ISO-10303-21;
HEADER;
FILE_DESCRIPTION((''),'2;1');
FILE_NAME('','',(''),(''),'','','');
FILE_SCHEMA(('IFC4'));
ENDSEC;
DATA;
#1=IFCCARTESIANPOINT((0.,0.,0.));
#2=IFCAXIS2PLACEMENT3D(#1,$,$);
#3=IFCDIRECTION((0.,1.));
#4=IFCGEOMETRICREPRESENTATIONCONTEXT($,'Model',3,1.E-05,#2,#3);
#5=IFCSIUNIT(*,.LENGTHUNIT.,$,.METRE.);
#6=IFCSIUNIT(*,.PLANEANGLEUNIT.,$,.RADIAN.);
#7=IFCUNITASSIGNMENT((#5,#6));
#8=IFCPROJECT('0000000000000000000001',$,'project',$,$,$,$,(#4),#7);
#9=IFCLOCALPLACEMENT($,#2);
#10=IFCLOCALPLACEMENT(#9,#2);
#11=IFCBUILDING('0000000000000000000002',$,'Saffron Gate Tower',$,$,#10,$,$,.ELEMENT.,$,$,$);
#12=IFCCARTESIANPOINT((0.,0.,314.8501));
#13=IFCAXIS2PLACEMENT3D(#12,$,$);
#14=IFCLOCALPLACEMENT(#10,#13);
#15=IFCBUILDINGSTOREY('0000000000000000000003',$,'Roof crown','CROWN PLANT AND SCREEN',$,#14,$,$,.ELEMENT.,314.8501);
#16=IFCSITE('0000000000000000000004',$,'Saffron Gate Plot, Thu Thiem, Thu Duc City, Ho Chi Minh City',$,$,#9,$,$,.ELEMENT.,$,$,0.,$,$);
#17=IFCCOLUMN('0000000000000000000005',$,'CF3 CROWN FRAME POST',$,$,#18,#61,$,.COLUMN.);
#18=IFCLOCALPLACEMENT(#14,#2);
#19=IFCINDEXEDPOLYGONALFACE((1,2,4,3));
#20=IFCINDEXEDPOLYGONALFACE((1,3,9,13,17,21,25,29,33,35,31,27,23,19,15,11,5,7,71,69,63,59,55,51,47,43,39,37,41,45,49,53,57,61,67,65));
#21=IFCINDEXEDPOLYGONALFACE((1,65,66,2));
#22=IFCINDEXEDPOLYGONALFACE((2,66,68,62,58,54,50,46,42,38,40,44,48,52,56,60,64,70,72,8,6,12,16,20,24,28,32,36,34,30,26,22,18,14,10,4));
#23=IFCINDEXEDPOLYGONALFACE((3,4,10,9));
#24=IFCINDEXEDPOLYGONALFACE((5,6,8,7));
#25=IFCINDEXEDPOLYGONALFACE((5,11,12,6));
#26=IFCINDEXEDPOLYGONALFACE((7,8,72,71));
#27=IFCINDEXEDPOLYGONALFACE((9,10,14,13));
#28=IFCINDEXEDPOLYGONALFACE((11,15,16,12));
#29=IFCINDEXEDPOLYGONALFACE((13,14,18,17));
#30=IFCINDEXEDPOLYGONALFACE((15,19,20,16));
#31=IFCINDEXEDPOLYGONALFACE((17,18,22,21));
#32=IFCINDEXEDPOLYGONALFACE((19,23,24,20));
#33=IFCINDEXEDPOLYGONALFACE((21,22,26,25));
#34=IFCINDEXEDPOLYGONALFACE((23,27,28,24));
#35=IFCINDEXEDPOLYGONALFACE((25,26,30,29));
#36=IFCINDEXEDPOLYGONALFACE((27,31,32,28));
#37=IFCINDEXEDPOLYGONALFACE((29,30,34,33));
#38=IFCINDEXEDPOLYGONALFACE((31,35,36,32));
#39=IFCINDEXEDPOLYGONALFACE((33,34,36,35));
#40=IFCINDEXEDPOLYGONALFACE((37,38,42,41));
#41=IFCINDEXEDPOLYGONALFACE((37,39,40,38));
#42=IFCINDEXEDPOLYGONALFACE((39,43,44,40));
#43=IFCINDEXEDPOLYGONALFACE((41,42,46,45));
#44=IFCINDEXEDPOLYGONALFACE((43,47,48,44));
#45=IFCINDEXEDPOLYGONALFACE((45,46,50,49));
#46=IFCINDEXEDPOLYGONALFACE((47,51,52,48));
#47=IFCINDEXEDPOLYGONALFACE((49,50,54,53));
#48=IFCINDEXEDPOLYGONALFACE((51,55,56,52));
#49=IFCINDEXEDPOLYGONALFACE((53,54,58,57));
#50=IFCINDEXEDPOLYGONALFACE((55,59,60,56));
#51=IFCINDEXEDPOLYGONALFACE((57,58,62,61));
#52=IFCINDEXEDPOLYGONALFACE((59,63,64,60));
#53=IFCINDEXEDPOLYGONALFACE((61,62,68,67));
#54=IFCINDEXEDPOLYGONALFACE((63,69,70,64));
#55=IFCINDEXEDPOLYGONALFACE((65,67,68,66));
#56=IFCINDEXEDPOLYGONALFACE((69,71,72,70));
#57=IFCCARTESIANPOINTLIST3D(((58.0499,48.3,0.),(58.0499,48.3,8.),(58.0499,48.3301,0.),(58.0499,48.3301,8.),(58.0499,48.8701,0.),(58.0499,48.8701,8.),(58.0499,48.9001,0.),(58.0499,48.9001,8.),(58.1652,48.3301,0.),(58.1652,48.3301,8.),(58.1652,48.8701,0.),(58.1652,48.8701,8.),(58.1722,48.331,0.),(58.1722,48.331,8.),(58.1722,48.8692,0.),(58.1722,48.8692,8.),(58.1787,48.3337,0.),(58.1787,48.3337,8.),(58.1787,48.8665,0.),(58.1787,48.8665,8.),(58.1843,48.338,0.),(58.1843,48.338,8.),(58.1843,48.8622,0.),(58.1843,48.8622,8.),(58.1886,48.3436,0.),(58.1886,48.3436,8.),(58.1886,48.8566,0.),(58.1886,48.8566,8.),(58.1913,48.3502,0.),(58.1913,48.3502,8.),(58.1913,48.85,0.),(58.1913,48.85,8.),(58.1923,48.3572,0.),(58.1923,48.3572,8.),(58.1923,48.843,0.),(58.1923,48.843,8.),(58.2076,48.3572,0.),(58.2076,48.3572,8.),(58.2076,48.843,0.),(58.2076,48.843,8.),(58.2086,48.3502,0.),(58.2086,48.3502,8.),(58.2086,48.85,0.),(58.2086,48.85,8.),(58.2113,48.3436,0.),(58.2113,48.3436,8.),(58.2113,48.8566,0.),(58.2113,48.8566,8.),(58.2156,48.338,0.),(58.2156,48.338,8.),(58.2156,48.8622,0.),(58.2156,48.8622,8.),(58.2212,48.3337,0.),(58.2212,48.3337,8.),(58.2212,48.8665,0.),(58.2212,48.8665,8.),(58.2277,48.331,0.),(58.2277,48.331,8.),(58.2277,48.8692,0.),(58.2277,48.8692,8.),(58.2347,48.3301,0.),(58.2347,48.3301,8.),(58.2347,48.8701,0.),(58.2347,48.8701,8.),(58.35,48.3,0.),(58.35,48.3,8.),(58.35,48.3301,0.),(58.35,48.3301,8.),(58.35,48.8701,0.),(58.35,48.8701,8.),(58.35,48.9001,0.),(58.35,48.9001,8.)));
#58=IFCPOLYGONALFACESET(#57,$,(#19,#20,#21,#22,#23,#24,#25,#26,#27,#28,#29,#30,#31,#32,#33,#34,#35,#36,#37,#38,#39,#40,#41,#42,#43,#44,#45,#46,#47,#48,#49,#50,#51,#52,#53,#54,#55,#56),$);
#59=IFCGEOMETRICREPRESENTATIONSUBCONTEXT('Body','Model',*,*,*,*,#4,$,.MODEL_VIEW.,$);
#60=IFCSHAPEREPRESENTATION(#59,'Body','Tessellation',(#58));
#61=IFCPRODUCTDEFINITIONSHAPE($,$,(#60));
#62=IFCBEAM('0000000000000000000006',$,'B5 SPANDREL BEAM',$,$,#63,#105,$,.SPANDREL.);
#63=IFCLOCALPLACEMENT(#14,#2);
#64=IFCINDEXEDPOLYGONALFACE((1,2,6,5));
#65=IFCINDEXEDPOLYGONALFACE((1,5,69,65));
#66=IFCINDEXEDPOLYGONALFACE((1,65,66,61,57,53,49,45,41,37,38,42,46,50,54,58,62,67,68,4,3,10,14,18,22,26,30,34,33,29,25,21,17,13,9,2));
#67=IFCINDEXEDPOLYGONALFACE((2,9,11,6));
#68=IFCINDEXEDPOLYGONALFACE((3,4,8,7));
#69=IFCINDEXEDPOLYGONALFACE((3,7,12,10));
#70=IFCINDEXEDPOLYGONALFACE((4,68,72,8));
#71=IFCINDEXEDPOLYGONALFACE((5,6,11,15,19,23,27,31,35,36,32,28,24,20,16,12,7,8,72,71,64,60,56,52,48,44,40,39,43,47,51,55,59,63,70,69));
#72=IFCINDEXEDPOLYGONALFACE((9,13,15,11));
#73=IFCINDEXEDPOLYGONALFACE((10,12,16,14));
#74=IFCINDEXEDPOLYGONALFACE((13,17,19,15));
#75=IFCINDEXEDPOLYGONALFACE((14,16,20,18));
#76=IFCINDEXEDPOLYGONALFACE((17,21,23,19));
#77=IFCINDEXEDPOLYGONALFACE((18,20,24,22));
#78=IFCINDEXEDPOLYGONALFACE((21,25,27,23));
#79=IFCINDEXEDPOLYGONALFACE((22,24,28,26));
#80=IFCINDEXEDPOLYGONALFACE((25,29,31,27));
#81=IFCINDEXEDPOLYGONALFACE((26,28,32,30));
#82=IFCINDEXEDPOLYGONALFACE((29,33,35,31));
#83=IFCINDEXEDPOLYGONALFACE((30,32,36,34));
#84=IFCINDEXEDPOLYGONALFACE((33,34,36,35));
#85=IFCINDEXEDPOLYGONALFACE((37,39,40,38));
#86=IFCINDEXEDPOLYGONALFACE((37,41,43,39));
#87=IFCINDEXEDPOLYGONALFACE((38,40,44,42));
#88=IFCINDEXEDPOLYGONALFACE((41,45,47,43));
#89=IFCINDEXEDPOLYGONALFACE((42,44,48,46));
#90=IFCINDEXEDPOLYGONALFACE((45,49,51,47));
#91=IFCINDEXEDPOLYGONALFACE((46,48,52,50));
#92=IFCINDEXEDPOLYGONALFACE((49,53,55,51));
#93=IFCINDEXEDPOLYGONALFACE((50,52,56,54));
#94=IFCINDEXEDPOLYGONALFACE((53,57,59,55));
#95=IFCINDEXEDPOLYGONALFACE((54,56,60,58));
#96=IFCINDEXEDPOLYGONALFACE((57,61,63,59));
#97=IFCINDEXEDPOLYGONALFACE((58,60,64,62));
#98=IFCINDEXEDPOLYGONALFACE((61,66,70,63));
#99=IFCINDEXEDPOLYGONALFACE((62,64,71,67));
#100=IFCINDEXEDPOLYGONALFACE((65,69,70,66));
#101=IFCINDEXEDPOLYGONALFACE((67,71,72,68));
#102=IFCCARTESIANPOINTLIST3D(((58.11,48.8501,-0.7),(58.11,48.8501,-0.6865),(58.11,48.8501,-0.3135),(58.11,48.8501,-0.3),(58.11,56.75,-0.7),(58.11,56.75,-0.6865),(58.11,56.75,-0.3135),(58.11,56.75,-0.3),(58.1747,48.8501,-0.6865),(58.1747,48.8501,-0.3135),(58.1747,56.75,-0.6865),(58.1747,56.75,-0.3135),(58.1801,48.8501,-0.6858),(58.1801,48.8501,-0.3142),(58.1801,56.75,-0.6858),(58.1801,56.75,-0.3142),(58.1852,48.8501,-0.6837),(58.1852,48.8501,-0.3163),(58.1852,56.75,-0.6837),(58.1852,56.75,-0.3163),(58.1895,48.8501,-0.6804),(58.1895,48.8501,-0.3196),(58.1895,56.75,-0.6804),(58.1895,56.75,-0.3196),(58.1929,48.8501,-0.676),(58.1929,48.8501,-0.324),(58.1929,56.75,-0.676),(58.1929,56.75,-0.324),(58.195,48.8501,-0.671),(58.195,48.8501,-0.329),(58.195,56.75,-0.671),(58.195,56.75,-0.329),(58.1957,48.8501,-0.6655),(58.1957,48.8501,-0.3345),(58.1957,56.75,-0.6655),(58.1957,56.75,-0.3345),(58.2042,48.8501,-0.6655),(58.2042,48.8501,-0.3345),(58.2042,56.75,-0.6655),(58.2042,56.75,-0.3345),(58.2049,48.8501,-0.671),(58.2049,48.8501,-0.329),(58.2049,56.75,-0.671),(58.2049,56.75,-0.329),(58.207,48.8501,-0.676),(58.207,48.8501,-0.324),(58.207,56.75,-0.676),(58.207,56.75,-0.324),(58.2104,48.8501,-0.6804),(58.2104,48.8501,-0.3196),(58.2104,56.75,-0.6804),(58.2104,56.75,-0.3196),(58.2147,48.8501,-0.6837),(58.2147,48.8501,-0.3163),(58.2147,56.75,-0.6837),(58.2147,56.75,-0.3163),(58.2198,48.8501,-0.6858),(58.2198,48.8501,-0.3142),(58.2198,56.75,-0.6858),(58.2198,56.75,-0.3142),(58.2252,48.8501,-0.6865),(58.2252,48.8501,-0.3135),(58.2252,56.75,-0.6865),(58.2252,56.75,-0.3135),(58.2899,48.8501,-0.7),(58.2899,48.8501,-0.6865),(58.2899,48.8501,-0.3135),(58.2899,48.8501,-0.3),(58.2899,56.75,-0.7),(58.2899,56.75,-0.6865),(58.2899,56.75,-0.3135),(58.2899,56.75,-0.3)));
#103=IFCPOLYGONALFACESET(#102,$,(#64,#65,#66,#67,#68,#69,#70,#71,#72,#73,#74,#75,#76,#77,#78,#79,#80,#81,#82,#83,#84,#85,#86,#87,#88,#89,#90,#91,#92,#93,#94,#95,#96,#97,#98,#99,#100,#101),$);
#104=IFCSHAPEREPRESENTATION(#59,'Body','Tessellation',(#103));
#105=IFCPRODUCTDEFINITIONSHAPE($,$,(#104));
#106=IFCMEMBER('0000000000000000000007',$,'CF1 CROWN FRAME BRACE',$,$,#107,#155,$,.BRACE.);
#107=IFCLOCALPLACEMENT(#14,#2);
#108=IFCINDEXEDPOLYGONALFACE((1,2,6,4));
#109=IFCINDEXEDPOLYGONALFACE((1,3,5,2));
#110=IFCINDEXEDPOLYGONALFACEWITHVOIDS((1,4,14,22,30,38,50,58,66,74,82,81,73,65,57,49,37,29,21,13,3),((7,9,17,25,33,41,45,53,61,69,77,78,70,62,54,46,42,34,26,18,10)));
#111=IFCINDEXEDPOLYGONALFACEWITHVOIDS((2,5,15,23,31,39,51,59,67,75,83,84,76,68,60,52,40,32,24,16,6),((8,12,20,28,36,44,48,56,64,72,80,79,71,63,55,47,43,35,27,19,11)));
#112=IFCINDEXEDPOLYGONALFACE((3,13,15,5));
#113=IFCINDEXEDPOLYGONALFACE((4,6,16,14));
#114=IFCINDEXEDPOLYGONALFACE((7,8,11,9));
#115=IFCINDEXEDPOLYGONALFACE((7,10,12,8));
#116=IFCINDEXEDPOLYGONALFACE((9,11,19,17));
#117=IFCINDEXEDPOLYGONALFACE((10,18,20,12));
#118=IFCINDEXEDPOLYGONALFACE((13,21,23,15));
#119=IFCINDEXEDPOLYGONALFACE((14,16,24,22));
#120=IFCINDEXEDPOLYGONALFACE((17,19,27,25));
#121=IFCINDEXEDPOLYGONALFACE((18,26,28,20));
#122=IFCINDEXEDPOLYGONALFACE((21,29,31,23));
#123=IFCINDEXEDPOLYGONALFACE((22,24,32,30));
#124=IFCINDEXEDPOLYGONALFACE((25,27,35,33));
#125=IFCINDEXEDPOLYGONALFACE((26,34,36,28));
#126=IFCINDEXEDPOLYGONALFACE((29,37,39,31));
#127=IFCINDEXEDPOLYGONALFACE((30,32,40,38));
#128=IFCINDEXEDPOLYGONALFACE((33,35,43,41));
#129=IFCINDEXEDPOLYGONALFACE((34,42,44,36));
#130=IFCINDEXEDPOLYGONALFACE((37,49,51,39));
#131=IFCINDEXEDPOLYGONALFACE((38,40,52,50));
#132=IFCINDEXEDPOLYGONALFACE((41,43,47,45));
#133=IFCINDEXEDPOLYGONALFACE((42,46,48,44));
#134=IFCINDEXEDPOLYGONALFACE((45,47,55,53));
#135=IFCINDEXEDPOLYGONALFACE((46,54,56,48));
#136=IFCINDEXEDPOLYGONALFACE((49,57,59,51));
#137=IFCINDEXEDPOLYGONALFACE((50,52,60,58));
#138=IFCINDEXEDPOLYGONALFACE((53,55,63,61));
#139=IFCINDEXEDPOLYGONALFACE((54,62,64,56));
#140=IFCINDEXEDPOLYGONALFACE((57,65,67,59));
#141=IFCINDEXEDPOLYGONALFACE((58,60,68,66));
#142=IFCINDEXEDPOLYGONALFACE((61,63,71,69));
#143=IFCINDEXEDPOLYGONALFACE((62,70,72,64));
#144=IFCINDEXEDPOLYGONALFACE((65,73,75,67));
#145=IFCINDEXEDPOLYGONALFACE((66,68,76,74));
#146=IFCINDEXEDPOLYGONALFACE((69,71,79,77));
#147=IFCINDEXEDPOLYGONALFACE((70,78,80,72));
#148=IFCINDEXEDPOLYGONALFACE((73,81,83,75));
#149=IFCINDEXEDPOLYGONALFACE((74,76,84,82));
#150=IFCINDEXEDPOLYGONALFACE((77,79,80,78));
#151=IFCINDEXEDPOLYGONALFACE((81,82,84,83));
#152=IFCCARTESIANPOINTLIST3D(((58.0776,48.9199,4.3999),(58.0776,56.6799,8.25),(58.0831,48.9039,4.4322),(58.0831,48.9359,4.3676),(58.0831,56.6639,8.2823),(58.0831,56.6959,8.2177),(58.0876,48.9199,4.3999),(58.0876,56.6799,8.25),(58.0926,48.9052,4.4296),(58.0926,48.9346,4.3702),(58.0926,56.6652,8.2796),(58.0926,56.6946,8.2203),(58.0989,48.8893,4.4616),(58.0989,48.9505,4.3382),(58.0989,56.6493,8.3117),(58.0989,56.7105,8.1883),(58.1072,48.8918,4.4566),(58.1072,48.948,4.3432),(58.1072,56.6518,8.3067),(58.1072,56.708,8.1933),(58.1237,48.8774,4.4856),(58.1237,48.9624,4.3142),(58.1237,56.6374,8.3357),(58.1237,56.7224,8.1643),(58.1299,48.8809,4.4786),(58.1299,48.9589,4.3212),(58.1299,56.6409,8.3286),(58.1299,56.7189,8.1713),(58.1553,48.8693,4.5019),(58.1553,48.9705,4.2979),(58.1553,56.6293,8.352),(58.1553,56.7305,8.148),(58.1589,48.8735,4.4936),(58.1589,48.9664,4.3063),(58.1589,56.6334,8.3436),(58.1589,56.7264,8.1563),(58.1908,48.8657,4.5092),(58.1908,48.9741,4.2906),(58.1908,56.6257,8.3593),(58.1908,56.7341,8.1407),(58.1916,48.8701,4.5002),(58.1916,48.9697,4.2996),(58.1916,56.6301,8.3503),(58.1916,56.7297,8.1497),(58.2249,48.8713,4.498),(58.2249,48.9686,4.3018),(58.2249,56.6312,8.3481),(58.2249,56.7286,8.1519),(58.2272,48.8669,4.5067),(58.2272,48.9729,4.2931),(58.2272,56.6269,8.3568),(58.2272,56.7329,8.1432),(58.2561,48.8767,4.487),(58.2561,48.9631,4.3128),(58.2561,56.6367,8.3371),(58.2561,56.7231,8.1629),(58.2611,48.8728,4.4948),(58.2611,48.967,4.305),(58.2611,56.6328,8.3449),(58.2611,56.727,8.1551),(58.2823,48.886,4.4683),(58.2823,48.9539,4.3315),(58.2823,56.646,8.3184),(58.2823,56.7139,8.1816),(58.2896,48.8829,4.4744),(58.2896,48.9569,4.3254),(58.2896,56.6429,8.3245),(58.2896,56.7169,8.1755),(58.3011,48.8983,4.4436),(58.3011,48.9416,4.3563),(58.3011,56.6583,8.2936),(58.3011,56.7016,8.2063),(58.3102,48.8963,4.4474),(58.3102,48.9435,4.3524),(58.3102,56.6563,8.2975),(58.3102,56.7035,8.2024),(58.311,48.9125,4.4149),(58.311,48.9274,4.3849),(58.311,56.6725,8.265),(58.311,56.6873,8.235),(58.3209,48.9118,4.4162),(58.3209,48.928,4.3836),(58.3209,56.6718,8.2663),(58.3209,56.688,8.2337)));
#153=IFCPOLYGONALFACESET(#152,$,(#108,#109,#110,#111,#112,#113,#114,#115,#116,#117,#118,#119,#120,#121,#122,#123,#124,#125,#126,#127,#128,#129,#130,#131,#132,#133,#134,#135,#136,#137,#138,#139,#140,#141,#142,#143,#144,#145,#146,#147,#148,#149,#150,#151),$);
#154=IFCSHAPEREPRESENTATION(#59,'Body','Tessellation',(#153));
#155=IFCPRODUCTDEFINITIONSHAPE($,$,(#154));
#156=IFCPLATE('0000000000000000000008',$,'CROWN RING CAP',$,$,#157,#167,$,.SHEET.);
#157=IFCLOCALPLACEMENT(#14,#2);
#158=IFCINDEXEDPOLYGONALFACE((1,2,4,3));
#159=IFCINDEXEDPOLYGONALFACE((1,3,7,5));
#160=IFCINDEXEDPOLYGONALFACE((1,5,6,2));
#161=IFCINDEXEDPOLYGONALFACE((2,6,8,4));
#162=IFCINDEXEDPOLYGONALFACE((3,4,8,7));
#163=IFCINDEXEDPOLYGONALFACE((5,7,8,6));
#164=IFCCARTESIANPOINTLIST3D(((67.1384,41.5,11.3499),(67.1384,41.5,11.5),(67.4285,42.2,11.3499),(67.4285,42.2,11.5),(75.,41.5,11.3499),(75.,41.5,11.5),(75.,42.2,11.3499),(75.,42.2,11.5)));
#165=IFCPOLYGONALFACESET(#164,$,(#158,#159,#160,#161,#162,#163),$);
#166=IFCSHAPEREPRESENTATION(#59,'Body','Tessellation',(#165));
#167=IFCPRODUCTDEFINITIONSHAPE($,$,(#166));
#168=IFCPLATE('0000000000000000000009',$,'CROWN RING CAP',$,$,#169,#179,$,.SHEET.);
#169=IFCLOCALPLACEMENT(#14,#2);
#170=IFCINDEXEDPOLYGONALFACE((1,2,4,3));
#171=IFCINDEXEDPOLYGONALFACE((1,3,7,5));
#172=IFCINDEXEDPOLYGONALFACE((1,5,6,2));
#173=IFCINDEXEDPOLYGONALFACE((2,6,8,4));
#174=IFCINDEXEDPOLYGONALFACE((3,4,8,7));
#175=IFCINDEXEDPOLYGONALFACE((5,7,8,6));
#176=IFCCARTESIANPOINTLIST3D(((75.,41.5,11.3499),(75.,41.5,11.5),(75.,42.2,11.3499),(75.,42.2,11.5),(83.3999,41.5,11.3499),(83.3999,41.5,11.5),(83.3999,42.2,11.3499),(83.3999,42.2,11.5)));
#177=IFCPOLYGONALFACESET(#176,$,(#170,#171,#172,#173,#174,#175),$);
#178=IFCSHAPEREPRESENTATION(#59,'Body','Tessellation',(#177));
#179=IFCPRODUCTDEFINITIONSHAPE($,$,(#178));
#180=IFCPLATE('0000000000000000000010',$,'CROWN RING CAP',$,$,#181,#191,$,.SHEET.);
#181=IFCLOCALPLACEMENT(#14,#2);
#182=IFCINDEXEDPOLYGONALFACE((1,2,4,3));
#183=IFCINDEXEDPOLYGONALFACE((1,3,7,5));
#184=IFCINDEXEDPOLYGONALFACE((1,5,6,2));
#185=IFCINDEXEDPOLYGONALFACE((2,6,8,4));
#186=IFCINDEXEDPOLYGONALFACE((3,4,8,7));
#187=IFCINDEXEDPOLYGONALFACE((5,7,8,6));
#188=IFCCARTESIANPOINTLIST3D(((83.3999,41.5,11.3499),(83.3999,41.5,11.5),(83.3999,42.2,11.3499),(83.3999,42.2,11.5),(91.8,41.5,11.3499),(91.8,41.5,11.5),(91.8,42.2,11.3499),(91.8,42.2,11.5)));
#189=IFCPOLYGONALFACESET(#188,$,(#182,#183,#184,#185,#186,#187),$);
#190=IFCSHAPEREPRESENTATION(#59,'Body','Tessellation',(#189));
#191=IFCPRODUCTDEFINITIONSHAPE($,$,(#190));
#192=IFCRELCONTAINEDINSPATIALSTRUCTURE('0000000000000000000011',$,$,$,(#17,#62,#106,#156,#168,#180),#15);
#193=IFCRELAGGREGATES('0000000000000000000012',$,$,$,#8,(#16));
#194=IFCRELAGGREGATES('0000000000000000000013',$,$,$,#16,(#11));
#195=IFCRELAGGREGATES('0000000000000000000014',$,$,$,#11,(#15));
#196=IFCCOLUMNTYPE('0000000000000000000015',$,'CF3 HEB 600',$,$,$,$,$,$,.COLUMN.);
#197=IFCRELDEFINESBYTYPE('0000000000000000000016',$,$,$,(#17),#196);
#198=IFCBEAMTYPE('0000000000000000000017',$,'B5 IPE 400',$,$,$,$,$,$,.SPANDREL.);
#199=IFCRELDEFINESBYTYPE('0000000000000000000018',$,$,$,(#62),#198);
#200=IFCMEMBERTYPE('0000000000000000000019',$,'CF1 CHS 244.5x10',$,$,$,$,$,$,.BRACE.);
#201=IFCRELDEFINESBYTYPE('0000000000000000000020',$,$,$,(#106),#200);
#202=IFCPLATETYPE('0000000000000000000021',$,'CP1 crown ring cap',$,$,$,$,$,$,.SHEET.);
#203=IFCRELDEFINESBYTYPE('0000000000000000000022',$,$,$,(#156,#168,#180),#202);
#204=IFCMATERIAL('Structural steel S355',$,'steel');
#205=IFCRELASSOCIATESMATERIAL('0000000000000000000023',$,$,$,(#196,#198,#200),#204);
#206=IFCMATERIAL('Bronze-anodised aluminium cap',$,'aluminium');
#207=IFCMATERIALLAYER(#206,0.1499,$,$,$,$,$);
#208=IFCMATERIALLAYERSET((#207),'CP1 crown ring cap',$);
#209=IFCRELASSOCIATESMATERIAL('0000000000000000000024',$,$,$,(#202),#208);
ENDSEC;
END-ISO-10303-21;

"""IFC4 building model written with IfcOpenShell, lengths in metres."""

from ifc_helpers import new_model, si_unit, direction, frame, origin, origin_2d, place, context, subcontext, project, spatial, polyline, hollow_circle, i_section, outline, extrude, material, layer, layer_set, material_profile, profile_set, type_object, element, save


model = new_model("IFC4")

# Units and contexts
model_context = context("Model", 3, precision=1e-05, world=origin(), true_north=direction((0.0, 1.0)))
body_context = subcontext(model_context, "Body", "Model", "MODEL_VIEW")
ifc_project = project(units=[si_unit("LENGTHUNIT", "METRE"), si_unit("PLANEANGLEUNIT", "RADIAN")], contexts=[model_context])

# Site, building, storey
site_placement = place(None, origin())
site = spatial("IfcSite", under=ifc_project, at=site_placement, Name="Saffron Gate Plot, Thu Thiem, Thu Duc City, Ho Chi Minh City", CompositionType="ELEMENT", RefElevation=0.0)
building_placement = place(site_placement, origin())
building = spatial("IfcBuilding", under=site, at=building_placement, Name="Saffron Gate Tower", CompositionType="ELEMENT")
storey_placement = place(building_placement, frame((0.0, 0.0, 314.8501)))
storey = spatial("IfcBuildingStorey", under=building, at=storey_placement, Name="Roof crown", Description="CROWN PLANT AND SCREEN", CompositionType="ELEMENT", Elevation=314.8501)

# Column
ifc_material_1 = material(Name="Structural steel S355", Category="steel")
ifc_material_profile_1 = material_profile(ifc_material_1, i_section(OverallWidth=0.3, OverallDepth=0.6001, WebThickness=0.0154, FlangeThickness=0.03, FilletRadius=0.0271, at=origin_2d()))
ifc_profile_set_1 = profile_set([ifc_material_profile_1], Name="Structural steel S355")
column_type = type_object("IfcColumnType", Name="CF3 HEB 600", PredefinedType="COLUMN", material=ifc_profile_set_1)
column_placement = place(storey_placement, frame((58.2, 48.6001, 0.0), z_axis=(0.0, 0.0, 1.0), x_axis=(1.0, 0.0, 0.0)))
element("IfcColumn", 1, at=column_placement, inside=storey, type_object=column_type, Name="CF3 CROWN FRAME POST", PredefinedType="COLUMN", context=body_context, shape_type="SweptSolid", body=[
    extrude(i_section(OverallWidth=0.3, OverallDepth=0.6001, WebThickness=0.0154, FlangeThickness=0.03, FilletRadius=0.0271, at=origin_2d()), origin(), (0.0, 0.0, 1.0), 8.0),
])

# Beam
ifc_material_profile_2 = material_profile(ifc_material_1, i_section(OverallWidth=0.1799, OverallDepth=0.3999, WebThickness=0.0085, FlangeThickness=0.0134, FilletRadius=0.021, at=origin_2d()))
ifc_profile_set_2 = profile_set([ifc_material_profile_2], Name="Structural steel S355")
beam_type = type_object("IfcBeamType", Name="B5 IPE 400", PredefinedType="SPANDREL", material=ifc_profile_set_2)
beam_placement = place(storey_placement, frame((58.2, 48.8501, -0.5), z_axis=(0.0, 1.0, 0.0), x_axis=(-1.0, 0.0, 0.0)))
element("IfcBeam", 2, at=beam_placement, inside=storey, type_object=beam_type, Name="B5 SPANDREL BEAM", PredefinedType="SPANDREL", context=body_context, shape_type="SweptSolid", body=[
    extrude(i_section(OverallWidth=0.1799, OverallDepth=0.3999, WebThickness=0.0085, FlangeThickness=0.0134, FilletRadius=0.021, at=origin_2d()), origin(), (0.0, 0.0, 1.0), 7.8999),
])

# Member
ifc_material_profile_3 = material_profile(ifc_material_1, hollow_circle(Radius=0.1223, WallThickness=0.01, at=origin_2d()))
ifc_profile_set_3 = profile_set([ifc_material_profile_3], Name="Structural steel S355")
member_type = type_object("IfcMemberType", Name="CF1 CHS 244.5x10", PredefinedType="BRACE", material=ifc_profile_set_3)
member_placement = place(storey_placement, frame((58.2, 48.9199, 4.3999), z_axis=(0.0, 0.895804, 0.44445), x_axis=(-1.0, 0.0, 0.0)))
element("IfcMember", 3, at=member_placement, inside=storey, type_object=member_type, Name="CF1 CROWN FRAME BRACE", PredefinedType="BRACE", context=body_context, shape_type="SweptSolid", body=[
    extrude(hollow_circle(Radius=0.1223, WallThickness=0.01, at=origin_2d()), origin(), (0.0, 0.0, 1.0), 8.6626),
])

# Plates
ifc_material_2 = material(Name="Bronze-anodised aluminium cap", Category="aluminium")
ifc_layer_1 = layer(ifc_material_2, 0.1499)
ifc_layer_set_1 = layer_set([ifc_layer_1], Name="CP1 crown ring cap")
plate_type_1 = type_object("IfcPlateType", Name="CP1 crown ring cap", PredefinedType="SHEET", material=ifc_layer_set_1)
plate_1_placement = place(storey_placement, frame((0.0, 0.0, 11.3499)))
element("IfcPlate", 4, at=plate_1_placement, inside=storey, type_object=plate_type_1, Name="CROWN RING CAP", PredefinedType="SHEET", context=body_context, shape_type="SweptSolid", body=[
    extrude(outline(polyline([(67.4285, 42.2), (75.0, 42.2), (75.0, 41.5), (67.1384, 41.5), (67.4285, 42.2)])), origin(), (0.0, 0.0, 1.0), 0.1501),
])
plate_2_placement = place(storey_placement, frame((0.0, 0.0, 11.3499)))
element("IfcPlate", 5, at=plate_2_placement, inside=storey, type_object=plate_type_1, Name="CROWN RING CAP", PredefinedType="SHEET", context=body_context, shape_type="SweptSolid", body=[
    extrude(outline(polyline([(75.0, 42.2), (83.3999, 42.2), (83.3999, 41.5), (75.0, 41.5), (75.0, 42.2)])), origin(), (0.0, 0.0, 1.0), 0.1501),
])
plate_3_placement = place(storey_placement, frame((0.0, 0.0, 11.3499)))
element("IfcPlate", 6, at=plate_3_placement, inside=storey, type_object=plate_type_1, Name="CROWN RING CAP", PredefinedType="SHEET", context=body_context, shape_type="SweptSolid", body=[
    extrude(outline(polyline([(83.3999, 42.2), (91.8, 42.2), (91.8, 41.5), (83.3999, 41.5), (83.3999, 42.2)])), origin(), (0.0, 0.0, 1.0), 0.1501),
])

save(model, "model.ifc")
